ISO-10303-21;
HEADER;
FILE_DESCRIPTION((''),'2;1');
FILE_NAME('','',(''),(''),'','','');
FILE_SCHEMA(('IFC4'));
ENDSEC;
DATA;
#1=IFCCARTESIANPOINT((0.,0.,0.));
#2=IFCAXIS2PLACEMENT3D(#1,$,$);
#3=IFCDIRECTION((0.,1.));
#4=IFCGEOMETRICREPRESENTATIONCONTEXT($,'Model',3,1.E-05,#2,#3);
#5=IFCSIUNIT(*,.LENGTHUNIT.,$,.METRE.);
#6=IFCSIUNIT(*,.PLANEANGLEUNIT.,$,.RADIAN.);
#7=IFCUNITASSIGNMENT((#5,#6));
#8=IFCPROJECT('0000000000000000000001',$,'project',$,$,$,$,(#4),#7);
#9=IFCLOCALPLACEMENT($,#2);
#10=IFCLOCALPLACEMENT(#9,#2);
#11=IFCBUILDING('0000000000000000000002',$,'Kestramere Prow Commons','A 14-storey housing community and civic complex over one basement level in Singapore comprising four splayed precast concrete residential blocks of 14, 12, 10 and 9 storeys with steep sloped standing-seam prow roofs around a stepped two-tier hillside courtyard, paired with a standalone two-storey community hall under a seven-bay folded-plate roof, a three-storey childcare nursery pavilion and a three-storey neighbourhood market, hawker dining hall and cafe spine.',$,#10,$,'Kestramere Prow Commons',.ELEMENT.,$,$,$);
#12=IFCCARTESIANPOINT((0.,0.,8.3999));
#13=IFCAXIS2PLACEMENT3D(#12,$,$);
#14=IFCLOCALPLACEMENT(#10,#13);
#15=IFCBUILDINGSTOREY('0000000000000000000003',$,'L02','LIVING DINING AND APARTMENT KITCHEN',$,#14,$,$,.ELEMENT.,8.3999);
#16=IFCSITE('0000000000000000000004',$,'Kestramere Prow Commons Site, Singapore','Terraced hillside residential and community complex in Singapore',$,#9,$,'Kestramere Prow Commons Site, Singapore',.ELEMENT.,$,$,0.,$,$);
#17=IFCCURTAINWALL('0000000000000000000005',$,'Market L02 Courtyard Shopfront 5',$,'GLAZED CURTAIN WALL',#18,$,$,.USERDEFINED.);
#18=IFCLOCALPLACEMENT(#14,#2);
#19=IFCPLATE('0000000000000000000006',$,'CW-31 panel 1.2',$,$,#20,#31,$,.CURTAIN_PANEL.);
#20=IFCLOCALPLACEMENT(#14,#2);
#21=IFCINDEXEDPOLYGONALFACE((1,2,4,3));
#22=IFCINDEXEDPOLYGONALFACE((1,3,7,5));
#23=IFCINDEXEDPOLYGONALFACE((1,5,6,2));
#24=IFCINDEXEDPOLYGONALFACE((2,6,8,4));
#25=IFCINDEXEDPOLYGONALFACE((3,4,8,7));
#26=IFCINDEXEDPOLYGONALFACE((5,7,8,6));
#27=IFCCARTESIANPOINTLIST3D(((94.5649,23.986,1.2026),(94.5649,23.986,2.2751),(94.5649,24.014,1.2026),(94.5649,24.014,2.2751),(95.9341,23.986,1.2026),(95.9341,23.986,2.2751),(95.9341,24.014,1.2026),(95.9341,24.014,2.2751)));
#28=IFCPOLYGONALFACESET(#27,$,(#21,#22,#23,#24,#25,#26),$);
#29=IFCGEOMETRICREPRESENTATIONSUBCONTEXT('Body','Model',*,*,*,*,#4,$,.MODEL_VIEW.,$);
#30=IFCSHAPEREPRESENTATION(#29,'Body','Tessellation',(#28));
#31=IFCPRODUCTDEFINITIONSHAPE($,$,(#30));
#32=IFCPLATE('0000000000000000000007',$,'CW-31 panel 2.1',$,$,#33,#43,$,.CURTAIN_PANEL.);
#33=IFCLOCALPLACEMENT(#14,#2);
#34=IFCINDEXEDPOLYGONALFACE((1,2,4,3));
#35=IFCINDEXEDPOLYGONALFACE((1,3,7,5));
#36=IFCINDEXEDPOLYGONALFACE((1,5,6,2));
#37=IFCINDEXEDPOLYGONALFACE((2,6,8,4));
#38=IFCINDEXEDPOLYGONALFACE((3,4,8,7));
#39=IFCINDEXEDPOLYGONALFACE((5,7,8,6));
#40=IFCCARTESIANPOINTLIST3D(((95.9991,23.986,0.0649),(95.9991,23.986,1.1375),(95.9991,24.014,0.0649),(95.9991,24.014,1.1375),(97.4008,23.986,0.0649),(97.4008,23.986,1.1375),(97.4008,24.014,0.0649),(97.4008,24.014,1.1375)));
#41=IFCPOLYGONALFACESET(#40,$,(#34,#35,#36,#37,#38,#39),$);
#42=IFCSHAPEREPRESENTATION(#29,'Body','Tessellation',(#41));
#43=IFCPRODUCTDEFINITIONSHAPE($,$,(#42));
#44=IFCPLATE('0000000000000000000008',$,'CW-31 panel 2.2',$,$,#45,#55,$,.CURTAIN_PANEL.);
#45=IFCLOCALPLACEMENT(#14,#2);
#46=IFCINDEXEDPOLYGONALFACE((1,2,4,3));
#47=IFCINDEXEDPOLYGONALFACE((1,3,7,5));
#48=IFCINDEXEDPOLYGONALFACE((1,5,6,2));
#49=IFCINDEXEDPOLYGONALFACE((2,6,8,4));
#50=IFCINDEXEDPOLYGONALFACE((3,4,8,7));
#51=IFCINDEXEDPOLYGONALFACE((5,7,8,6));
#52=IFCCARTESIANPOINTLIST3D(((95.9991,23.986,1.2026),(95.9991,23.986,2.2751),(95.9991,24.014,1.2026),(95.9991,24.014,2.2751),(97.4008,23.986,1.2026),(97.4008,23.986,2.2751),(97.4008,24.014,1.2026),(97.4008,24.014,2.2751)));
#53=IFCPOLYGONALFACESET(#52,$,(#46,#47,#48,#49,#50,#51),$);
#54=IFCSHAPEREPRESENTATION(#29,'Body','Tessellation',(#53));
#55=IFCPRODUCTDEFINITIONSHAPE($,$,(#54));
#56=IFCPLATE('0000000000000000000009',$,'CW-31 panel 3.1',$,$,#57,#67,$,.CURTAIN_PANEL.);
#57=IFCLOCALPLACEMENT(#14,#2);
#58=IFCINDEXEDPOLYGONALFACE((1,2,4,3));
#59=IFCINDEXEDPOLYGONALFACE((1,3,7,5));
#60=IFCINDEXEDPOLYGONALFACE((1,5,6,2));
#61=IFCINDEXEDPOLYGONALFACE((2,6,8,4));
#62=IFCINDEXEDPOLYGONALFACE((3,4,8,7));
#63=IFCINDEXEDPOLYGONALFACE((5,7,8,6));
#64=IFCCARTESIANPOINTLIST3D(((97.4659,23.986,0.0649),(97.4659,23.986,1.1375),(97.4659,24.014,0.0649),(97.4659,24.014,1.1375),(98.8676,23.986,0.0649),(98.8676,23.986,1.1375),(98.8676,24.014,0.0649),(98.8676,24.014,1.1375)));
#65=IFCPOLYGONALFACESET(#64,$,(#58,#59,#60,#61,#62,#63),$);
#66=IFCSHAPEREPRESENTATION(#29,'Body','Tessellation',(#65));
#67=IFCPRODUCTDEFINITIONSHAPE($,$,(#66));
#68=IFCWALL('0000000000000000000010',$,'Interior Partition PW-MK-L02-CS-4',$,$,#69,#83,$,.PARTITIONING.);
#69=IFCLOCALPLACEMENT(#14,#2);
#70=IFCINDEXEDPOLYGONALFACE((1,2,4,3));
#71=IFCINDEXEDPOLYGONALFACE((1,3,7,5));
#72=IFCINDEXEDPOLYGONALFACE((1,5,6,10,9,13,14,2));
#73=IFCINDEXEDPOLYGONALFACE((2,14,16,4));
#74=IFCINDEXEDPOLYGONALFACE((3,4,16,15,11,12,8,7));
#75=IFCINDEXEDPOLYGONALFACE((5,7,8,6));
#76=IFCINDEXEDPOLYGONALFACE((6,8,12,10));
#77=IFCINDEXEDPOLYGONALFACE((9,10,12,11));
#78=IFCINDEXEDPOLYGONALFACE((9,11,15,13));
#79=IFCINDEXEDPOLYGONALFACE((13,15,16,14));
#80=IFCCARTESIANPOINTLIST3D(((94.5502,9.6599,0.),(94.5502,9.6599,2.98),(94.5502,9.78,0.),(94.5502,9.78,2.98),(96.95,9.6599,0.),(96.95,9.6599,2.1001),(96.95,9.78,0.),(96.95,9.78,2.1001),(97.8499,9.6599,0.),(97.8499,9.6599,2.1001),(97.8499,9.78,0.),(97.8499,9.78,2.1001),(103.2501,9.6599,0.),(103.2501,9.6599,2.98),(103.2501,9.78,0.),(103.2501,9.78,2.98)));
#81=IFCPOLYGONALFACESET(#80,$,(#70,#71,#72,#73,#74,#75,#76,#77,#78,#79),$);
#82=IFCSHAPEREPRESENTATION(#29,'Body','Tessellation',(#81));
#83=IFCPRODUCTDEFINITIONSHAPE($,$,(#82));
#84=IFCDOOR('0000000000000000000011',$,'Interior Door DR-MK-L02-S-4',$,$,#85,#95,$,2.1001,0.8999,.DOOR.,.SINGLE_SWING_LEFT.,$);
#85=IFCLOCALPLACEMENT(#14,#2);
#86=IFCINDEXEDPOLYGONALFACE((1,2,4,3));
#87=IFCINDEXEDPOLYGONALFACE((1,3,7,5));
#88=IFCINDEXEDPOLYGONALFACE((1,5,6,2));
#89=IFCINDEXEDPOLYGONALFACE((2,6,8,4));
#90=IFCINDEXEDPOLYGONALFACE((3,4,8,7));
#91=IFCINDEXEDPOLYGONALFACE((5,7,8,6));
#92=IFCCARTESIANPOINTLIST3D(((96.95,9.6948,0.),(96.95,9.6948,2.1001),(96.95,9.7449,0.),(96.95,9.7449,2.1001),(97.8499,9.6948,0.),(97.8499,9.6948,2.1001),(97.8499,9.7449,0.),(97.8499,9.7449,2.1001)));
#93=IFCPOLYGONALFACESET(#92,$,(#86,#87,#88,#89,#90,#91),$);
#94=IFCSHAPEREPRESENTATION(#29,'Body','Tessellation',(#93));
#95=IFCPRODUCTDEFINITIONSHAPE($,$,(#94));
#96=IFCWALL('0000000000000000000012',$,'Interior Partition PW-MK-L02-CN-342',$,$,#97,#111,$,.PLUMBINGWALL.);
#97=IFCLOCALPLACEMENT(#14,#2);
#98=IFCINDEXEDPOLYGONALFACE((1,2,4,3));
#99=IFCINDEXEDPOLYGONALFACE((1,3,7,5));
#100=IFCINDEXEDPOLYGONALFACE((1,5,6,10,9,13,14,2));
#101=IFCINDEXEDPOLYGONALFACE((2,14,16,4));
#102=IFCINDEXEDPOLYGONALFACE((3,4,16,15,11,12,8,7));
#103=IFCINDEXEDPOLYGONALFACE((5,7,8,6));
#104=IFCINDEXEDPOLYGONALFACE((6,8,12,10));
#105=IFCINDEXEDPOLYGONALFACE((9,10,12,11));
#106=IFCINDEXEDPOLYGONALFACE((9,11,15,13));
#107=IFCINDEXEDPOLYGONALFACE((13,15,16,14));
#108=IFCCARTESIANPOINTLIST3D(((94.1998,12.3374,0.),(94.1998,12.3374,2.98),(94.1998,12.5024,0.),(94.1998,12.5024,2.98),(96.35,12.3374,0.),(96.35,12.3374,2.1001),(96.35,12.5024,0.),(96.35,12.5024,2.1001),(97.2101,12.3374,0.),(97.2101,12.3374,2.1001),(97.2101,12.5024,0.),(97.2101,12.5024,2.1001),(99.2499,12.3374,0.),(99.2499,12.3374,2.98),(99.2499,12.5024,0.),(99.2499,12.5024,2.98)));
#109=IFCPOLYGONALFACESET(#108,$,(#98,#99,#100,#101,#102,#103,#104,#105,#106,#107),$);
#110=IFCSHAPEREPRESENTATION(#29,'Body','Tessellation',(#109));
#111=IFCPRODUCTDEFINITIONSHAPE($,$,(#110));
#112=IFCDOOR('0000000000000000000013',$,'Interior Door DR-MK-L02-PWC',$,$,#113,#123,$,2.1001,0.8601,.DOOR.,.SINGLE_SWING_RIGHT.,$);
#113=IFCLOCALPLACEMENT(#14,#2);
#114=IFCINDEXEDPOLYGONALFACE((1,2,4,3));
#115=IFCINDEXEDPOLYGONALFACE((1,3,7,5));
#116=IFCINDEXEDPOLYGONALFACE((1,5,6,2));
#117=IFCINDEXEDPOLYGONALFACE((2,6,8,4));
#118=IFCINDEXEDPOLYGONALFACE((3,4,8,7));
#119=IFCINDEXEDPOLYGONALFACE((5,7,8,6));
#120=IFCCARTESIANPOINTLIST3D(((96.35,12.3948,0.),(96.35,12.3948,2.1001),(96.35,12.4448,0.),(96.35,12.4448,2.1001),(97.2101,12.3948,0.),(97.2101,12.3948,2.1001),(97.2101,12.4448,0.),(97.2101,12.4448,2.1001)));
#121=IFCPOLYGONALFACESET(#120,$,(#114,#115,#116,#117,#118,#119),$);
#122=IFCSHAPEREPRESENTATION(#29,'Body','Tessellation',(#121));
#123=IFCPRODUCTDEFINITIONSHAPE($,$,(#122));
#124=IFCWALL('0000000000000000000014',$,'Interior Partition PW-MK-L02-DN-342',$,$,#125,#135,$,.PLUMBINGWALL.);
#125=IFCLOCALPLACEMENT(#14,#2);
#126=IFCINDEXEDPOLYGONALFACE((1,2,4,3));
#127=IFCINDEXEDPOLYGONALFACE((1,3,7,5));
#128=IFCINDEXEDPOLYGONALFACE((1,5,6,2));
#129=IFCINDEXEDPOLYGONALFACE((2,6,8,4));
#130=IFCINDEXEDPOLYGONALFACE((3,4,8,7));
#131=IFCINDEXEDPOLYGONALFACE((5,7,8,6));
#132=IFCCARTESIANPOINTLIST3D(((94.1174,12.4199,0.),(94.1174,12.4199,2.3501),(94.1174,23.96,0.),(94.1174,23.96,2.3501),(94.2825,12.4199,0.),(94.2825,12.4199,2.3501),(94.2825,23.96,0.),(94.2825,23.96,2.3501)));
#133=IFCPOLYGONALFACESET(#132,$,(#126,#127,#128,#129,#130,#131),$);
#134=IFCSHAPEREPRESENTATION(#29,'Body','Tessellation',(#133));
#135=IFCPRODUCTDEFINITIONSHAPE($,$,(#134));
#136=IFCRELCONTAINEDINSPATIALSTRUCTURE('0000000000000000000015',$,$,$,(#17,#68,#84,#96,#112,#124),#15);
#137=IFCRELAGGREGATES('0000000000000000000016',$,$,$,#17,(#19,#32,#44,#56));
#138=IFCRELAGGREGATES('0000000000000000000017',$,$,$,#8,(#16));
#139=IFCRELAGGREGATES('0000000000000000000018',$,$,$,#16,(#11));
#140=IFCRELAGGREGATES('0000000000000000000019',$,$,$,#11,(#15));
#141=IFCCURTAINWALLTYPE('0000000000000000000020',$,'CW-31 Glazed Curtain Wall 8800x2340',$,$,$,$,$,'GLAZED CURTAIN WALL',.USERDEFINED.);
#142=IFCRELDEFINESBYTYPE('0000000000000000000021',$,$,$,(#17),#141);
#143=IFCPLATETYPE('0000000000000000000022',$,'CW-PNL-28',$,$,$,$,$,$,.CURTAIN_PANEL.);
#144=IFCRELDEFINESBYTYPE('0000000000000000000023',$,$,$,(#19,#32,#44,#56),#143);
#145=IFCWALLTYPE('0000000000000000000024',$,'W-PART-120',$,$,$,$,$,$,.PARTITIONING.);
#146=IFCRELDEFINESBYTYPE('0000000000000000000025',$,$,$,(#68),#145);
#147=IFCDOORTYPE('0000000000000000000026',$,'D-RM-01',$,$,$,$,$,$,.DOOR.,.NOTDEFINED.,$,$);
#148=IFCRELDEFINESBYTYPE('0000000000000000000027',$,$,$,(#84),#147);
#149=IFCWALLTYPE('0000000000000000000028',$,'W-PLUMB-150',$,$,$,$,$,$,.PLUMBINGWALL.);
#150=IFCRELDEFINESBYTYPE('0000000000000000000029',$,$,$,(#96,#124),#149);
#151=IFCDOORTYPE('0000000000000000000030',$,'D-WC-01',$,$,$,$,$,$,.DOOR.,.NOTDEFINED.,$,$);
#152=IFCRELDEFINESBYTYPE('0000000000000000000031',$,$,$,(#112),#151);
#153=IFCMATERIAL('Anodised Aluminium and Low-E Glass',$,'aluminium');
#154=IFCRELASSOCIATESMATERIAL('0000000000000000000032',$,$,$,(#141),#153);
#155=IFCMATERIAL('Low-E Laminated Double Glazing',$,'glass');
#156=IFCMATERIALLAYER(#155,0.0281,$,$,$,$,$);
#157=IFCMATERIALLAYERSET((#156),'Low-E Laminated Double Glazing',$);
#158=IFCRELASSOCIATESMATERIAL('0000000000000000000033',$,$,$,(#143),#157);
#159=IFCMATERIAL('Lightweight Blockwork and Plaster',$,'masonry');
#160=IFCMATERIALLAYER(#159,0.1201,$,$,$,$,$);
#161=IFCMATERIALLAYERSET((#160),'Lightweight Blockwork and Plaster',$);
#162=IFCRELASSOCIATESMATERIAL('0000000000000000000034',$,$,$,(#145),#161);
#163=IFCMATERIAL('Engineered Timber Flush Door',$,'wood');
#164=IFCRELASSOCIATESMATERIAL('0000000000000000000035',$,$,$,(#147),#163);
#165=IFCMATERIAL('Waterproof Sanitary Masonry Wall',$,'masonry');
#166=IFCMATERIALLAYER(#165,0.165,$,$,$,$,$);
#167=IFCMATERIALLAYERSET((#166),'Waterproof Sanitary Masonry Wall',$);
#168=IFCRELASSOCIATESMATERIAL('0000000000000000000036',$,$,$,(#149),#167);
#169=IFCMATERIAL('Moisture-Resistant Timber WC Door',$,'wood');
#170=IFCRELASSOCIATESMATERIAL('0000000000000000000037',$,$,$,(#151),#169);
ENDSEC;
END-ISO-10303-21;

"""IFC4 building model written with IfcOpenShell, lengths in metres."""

from ifc_helpers import new_model, si_unit, direction, frame, frame_2d, origin, origin_2d, place, context, subcontext, project, spatial, rectangle, extrude, material, layer, layer_set, type_object, element, fill, aggregate, save


model = new_model("IFC4")

# Units and contexts
model_context = context("Model", 3, precision=1e-05, world=origin(), true_north=direction((0.0, 1.0)))
body_context = subcontext(model_context, "Body", "Model", "MODEL_VIEW")
ifc_project = project(units=[si_unit("LENGTHUNIT", "METRE"), si_unit("PLANEANGLEUNIT", "RADIAN")], contexts=[model_context])

# Site, building, storey
site_placement = place(None, origin())
site = spatial("IfcSite", under=ifc_project, at=site_placement, Name="Kestramere Prow Commons Site, Singapore", Description="Terraced hillside residential and community complex in Singapore", LongName="Kestramere Prow Commons Site, Singapore", CompositionType="ELEMENT", RefElevation=0.0)
building_placement = place(site_placement, origin())
building = spatial("IfcBuilding", under=site, at=building_placement, Name="Kestramere Prow Commons", Description="A 14-storey housing community and civic complex over one basement level in Singapore comprising four splayed precast concrete residential blocks of 14, 12, 10 and 9 storeys with steep sloped standing-seam prow roofs around a stepped two-tier hillside courtyard, paired with a standalone two-storey community hall under a seven-bay folded-plate roof, a three-storey childcare nursery pavilion and a three-storey neighbourhood market, hawker dining hall and cafe spine.", LongName="Kestramere Prow Commons", CompositionType="ELEMENT")
storey_placement = place(building_placement, frame((0.0, 0.0, 8.3999)))
storey = spatial("IfcBuildingStorey", under=building, at=storey_placement, Name="L02", Description="LIVING DINING AND APARTMENT KITCHEN", CompositionType="ELEMENT", Elevation=8.3999)

# Curtain wall
ifc_material_1 = material(Name="Anodised Aluminium and Low-E Glass", Category="aluminium")
curtain_wall_type = type_object("IfcCurtainWallType", Name="CW-31 Glazed Curtain Wall 8800x2340", ElementType="GLAZED CURTAIN WALL", PredefinedType="USERDEFINED", material=ifc_material_1)
curtain_wall_placement = place(storey_placement, origin())
curtain_wall = element("IfcCurtainWall", 1, at=curtain_wall_placement, inside=storey, type_object=curtain_wall_type, Name="Market L02 Courtyard Shopfront 5", ObjectType="GLAZED CURTAIN WALL", PredefinedType="USERDEFINED")

# Plates
ifc_material_2 = material(Name="Low-E Laminated Double Glazing", Category="glass")
ifc_layer_1 = layer(ifc_material_2, 0.0281)
ifc_layer_set_1 = layer_set([ifc_layer_1], Name="Low-E Laminated Double Glazing")
plate_type = type_object("IfcPlateType", Name="CW-PNL-28", PredefinedType="CURTAIN_PANEL", material=ifc_layer_set_1)
plate_1_placement = place(storey_placement, frame((95.2495, 24.0, 1.2026), z_axis=(0.0, 0.0, 1.0), x_axis=(1.0, 0.0, 0.0)))
plate_1 = element("IfcPlate", 2, at=plate_1_placement, type_object=plate_type, Name="CW-31 panel 1.2", PredefinedType="CURTAIN_PANEL", context=body_context, shape_type="SweptSolid", body=[
    extrude(rectangle(XDim=1.3691, YDim=0.0281, at=origin_2d()), origin(), (0.0, 0.0, 1.0), 1.0725),
])
plate_2_placement = place(storey_placement, frame((96.7, 24.0, 0.0649), z_axis=(0.0, 0.0, 1.0), x_axis=(1.0, 0.0, 0.0)))
plate_2 = element("IfcPlate", 3, at=plate_2_placement, type_object=plate_type, Name="CW-31 panel 2.1", PredefinedType="CURTAIN_PANEL", context=body_context, shape_type="SweptSolid", body=[
    extrude(rectangle(XDim=1.4016, YDim=0.0281, at=origin_2d()), origin(), (0.0, 0.0, 1.0), 1.0725),
])
plate_3_placement = place(storey_placement, frame((96.7, 24.0, 1.2026), z_axis=(0.0, 0.0, 1.0), x_axis=(1.0, 0.0, 0.0)))
plate_3 = element("IfcPlate", 4, at=plate_3_placement, type_object=plate_type, Name="CW-31 panel 2.2", PredefinedType="CURTAIN_PANEL", context=body_context, shape_type="SweptSolid", body=[
    extrude(rectangle(XDim=1.4016, YDim=0.0281, at=origin_2d()), origin(), (0.0, 0.0, 1.0), 1.0725),
])
plate_4_placement = place(storey_placement, frame((98.1667, 24.0, 0.0649), z_axis=(0.0, 0.0, 1.0), x_axis=(1.0, 0.0, 0.0)))
plate_4 = element("IfcPlate", 5, at=plate_4_placement, type_object=plate_type, Name="CW-31 panel 3.1", PredefinedType="CURTAIN_PANEL", context=body_context, shape_type="SweptSolid", body=[
    extrude(rectangle(XDim=1.4016, YDim=0.0281, at=origin_2d()), origin(), (0.0, 0.0, 1.0), 1.0725),
])
aggregate(curtain_wall, [plate_1, plate_2, plate_3, plate_4])

# Walls, openings, doors
ifc_material_3 = material(Name="Lightweight Blockwork and Plaster", Category="masonry")
ifc_layer_2 = layer(ifc_material_3, 0.1201)
ifc_layer_set_2 = layer_set([ifc_layer_2], Name="Lightweight Blockwork and Plaster")
wall_type_1 = type_object("IfcWallType", Name="W-PART-120", PredefinedType="PARTITIONING", material=ifc_layer_set_2)
wall_1_placement = place(storey_placement, frame((94.55, 9.72, 0.0), z_axis=(0.0, 0.0, 1.0), x_axis=(1.0, 0.0, 0.0)))
wall_1 = element("IfcWall", 6, at=wall_1_placement, inside=storey, type_object=wall_type_1, Name="Interior Partition PW-MK-L02-CS-4", PredefinedType="PARTITIONING", context=body_context, shape_type="SweptSolid", body=[
    extrude(rectangle(XDim=8.7, YDim=0.1201, at=frame_2d((4.3501, 0.0))), origin(), (0.0, 0.0, 1.0), 2.98),
])
opening_1_placement = place(wall_1_placement, frame((2.3999, 0.0, 0.0)))
opening_1 = element("IfcOpeningElement", 7, at=opening_1_placement, cuts=wall_1, PredefinedType="OPENING", context=body_context, shape_type="SweptSolid", body=[
    extrude(rectangle(XDim=0.8999, YDim=2.1001, at=frame_2d((0.45, 1.05))), frame((0.0, 0.075, 0.0), z_axis=(0.0, -1.0, 0.0), x_axis=(1.0, 0.0, 0.0)), (0.0, 0.0, 1.0), 0.1501),
])
ifc_material_4 = material(Name="Engineered Timber Flush Door", Category="wood")
door_type_1 = type_object("IfcDoorType", Name="D-RM-01", OperationType="NOTDEFINED", PredefinedType="DOOR", material=ifc_material_4)
door_1_placement = place(opening_1_placement, origin())
door_1 = element("IfcDoor", 8, at=door_1_placement, inside=storey, type_object=door_type_1, Name="Interior Door DR-MK-L02-S-4", OperationType="SINGLE_SWING_LEFT", OverallHeight=2.1001, OverallWidth=0.8999, PredefinedType="DOOR", context=body_context, shape_type="SweptSolid", body=[
    extrude(rectangle(XDim=0.8999, YDim=2.1001, at=frame_2d((0.45, 1.05))), frame((0.0, 0.0249, 0.0), z_axis=(0.0, -1.0, 0.0), x_axis=(1.0, 0.0, 0.0)), (0.0, 0.0, 1.0), 0.05),
])
fill(opening_1, door_1)
ifc_material_5 = material(Name="Waterproof Sanitary Masonry Wall", Category="masonry")
ifc_layer_3 = layer(ifc_material_5, 0.165)
ifc_layer_set_3 = layer_set([ifc_layer_3], Name="Waterproof Sanitary Masonry Wall")
wall_type_2 = type_object("IfcWallType", Name="W-PLUMB-150", PredefinedType="PLUMBINGWALL", material=ifc_layer_set_3)
wall_2_placement = place(storey_placement, frame((94.2, 12.4199, 0.0), z_axis=(0.0, 0.0, 1.0), x_axis=(1.0, 0.0, 0.0)))
wall_2 = element("IfcWall", 9, at=wall_2_placement, inside=storey, type_object=wall_type_2, Name="Interior Partition PW-MK-L02-CN-342", PredefinedType="PLUMBINGWALL", context=body_context, shape_type="SweptSolid", body=[
    extrude(rectangle(XDim=5.05, YDim=0.165, at=frame_2d((2.5249, 0.0))), origin(), (0.0, 0.0, 1.0), 2.98),
])
opening_2_placement = place(wall_2_placement, frame((2.1499, 0.0, 0.0)))
opening_2 = element("IfcOpeningElement", 10, at=opening_2_placement, cuts=wall_2, PredefinedType="OPENING", context=body_context, shape_type="SweptSolid", body=[
    extrude(rectangle(XDim=0.8601, YDim=2.1001, at=frame_2d((0.4302, 1.05))), frame((0.0, 0.0974, 0.0), z_axis=(0.0, -1.0, 0.0), x_axis=(1.0, 0.0, 0.0)), (0.0, 0.0, 1.0), 0.1951),
])
ifc_material_6 = material(Name="Moisture-Resistant Timber WC Door", Category="wood")
door_type_2 = type_object("IfcDoorType", Name="D-WC-01", OperationType="NOTDEFINED", PredefinedType="DOOR", material=ifc_material_6)
door_2_placement = place(opening_2_placement, origin())
door_2 = element("IfcDoor", 11, at=door_2_placement, inside=storey, type_object=door_type_2, Name="Interior Door DR-MK-L02-PWC", OperationType="SINGLE_SWING_RIGHT", OverallHeight=2.1001, OverallWidth=0.8601, PredefinedType="DOOR", context=body_context, shape_type="SweptSolid", body=[
    extrude(rectangle(XDim=0.8601, YDim=2.1001, at=frame_2d((0.4302, 1.05))), frame((0.0, 0.0249, 0.0), z_axis=(0.0, -1.0, 0.0), x_axis=(1.0, 0.0, 0.0)), (0.0, 0.0, 1.0), 0.05),
])
fill(opening_2, door_2)

# Wall
wall_3_placement = place(storey_placement, frame((94.2, 12.4199, 0.0), z_axis=(0.0, 0.0, 1.0), x_axis=(0.0, 1.0, 0.0)))
element("IfcWall", 12, at=wall_3_placement, inside=storey, type_object=wall_type_2, Name="Interior Partition PW-MK-L02-DN-342", PredefinedType="PLUMBINGWALL", context=body_context, shape_type="SweptSolid", body=[
    extrude(rectangle(XDim=11.54, YDim=0.165, at=frame_2d((5.77, 0.0))), origin(), (0.0, 0.0, 1.0), 2.3501),
])

save(model, "model.ifc")
